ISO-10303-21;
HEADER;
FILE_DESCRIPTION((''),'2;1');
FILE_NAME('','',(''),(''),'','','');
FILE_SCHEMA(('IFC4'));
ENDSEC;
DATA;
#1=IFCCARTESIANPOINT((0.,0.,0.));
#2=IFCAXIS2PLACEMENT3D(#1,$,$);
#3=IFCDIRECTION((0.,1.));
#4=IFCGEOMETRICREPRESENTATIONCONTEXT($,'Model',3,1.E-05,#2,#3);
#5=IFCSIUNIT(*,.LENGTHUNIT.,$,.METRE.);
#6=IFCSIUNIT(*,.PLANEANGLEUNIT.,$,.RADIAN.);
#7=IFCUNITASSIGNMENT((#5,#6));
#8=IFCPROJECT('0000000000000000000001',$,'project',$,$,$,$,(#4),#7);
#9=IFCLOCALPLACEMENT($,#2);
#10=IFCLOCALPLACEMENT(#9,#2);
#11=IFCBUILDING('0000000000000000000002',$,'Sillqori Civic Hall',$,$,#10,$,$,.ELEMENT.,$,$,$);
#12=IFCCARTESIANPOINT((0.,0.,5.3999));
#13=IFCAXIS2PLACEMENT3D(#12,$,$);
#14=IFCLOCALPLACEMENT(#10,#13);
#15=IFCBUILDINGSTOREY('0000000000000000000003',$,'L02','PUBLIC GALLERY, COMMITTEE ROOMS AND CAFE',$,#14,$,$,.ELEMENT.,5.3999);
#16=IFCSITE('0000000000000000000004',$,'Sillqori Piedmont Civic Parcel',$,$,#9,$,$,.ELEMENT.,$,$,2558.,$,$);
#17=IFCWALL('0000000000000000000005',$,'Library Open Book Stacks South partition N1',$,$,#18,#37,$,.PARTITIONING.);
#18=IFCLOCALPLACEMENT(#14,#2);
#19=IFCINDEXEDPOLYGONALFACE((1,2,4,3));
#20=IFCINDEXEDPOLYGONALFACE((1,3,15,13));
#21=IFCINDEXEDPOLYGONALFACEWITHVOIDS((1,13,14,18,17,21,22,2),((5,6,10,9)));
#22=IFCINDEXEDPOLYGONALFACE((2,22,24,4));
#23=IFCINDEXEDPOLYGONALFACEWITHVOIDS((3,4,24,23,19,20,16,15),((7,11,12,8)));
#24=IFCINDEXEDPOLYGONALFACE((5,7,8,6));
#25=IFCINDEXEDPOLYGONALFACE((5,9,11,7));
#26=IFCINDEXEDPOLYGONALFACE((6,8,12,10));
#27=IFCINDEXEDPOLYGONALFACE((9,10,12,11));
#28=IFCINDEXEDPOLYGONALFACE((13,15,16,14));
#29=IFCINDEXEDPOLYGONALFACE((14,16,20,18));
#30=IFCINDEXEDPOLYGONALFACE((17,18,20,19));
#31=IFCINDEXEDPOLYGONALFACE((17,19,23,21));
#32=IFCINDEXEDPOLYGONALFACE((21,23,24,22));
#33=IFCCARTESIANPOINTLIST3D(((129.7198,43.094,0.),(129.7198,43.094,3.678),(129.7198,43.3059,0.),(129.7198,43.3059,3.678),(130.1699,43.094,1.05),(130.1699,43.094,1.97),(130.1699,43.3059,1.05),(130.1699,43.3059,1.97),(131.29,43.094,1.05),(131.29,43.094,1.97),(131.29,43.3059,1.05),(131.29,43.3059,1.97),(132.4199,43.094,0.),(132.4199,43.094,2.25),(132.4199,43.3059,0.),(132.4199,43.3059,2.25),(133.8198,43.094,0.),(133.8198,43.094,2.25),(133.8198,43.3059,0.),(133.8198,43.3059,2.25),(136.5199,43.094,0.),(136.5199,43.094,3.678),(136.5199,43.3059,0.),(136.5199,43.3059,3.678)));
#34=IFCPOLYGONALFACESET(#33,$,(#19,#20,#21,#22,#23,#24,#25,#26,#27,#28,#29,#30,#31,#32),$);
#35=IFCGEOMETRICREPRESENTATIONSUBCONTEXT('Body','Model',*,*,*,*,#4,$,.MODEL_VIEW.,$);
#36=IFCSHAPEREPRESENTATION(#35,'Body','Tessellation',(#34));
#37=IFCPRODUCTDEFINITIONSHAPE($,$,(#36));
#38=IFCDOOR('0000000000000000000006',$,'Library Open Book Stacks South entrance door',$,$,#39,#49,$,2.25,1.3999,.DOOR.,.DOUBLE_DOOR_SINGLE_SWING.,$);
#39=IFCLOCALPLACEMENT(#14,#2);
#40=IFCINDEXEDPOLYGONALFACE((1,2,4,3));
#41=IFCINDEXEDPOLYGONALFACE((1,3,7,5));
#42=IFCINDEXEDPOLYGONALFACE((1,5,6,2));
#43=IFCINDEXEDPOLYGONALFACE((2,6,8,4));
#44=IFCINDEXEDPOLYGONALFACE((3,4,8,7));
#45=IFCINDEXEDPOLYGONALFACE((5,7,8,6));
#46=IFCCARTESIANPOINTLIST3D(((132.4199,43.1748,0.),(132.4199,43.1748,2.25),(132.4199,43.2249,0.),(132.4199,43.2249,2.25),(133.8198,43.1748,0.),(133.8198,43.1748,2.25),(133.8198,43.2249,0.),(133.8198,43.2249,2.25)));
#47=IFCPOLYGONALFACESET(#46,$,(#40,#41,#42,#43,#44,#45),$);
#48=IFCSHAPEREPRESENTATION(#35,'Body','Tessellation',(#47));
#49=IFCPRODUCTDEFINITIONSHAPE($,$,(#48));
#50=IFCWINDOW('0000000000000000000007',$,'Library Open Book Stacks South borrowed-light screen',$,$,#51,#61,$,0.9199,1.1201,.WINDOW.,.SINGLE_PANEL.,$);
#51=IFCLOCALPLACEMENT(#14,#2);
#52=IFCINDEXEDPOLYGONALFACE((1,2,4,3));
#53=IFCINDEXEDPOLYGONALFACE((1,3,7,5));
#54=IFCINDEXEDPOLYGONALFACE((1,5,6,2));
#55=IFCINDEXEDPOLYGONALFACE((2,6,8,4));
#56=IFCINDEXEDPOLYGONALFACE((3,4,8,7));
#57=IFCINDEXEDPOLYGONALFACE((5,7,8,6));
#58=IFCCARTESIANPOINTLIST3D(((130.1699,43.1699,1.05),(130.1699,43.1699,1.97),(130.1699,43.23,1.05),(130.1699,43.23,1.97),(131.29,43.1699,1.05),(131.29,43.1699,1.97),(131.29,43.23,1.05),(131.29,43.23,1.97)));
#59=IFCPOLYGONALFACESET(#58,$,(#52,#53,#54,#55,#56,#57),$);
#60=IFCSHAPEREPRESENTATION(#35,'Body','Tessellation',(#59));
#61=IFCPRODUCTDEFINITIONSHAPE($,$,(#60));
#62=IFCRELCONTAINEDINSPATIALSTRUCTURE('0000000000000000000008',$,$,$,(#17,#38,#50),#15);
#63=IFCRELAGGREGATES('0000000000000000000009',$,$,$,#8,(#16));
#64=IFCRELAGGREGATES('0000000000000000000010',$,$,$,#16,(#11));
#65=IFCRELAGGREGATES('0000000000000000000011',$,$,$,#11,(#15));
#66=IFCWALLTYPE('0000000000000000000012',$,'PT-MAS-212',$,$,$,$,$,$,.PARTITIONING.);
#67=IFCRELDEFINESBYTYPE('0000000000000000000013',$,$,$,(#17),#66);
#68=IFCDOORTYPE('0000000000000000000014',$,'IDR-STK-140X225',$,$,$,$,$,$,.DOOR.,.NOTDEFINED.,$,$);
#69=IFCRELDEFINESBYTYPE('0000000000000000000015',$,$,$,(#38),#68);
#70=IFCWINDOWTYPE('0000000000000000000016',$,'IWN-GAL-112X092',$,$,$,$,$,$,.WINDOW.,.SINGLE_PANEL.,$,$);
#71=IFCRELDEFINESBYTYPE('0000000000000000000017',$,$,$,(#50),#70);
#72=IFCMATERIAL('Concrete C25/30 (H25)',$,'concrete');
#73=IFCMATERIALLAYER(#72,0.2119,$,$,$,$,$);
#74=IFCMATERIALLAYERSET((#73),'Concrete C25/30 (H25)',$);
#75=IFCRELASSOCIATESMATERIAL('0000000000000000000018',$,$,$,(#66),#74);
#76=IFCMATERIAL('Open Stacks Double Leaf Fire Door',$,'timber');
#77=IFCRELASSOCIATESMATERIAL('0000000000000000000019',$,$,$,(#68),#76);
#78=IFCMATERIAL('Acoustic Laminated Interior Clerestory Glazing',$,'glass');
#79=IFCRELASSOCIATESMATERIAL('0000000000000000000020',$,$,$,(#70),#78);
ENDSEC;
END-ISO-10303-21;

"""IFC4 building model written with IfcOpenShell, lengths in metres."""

from ifc_helpers import new_model, si_unit, direction, frame, frame_2d, origin, place, context, subcontext, project, spatial, rectangle, extrude, material, layer, layer_set, type_object, element, fill, save


model = new_model("IFC4")

# Units and contexts
model_context = context("Model", 3, precision=1e-05, world=origin(), true_north=direction((0.0, 1.0)))
body_context = subcontext(model_context, "Body", "Model", "MODEL_VIEW")
ifc_project = project(units=[si_unit("LENGTHUNIT", "METRE"), si_unit("PLANEANGLEUNIT", "RADIAN")], contexts=[model_context])

# Site, building, storey
site_placement = place(None, origin())
site = spatial("IfcSite", under=ifc_project, at=site_placement, Name="Sillqori Piedmont Civic Parcel", CompositionType="ELEMENT", RefElevation=2558.0)
building_placement = place(site_placement, origin())
building = spatial("IfcBuilding", under=site, at=building_placement, Name="Sillqori Civic Hall", CompositionType="ELEMENT")
storey_placement = place(building_placement, frame((0.0, 0.0, 5.3999)))
storey = spatial("IfcBuildingStorey", under=building, at=storey_placement, Name="L02", Description="PUBLIC GALLERY, COMMITTEE ROOMS AND CAFE", CompositionType="ELEMENT", Elevation=5.3999)

# Wall, openings, door, window
ifc_material_1 = material(Name="Concrete C25/30 (H25)", Category="concrete")
ifc_layer_1 = layer(ifc_material_1, 0.2119)
ifc_layer_set_1 = layer_set([ifc_layer_1], Name="Concrete C25/30 (H25)")
wall_type_1 = type_object("IfcWallType", Name="PT-MAS-212", PredefinedType="PARTITIONING", material=ifc_layer_set_1)
wall_1_placement = place(storey_placement, frame((129.72, 43.2, 0.0), z_axis=(0.0, 0.0, 1.0), x_axis=(1.0, 0.0, 0.0)))
wall_1 = element("IfcWall", 1, at=wall_1_placement, inside=storey, type_object=wall_type_1, Name="Library Open Book Stacks South partition N1", PredefinedType="PARTITIONING", context=body_context, shape_type="SweptSolid", body=[
    extrude(rectangle(XDim=6.8, YDim=0.2119, at=frame_2d((3.3999, 0.0))), origin(), (0.0, 0.0, 1.0), 3.678),
])
opening_1_placement = place(wall_1_placement, frame((2.7, 0.0, 0.0)))
opening_1 = element("IfcOpeningElement", 2, at=opening_1_placement, cuts=wall_1, PredefinedType="OPENING", context=body_context, shape_type="SweptSolid", body=[
    extrude(rectangle(XDim=1.3999, YDim=2.25, at=frame_2d((0.7, 1.125))), frame((0.0, 0.116, 0.0), z_axis=(0.0, -1.0, 0.0), x_axis=(1.0, 0.0, 0.0)), (0.0, 0.0, 1.0), 0.2319),
])
opening_2_placement = place(wall_1_placement, frame((0.45, 0.0, 1.05)))
opening_2 = element("IfcOpeningElement", 3, at=opening_2_placement, cuts=wall_1, PredefinedType="OPENING", context=body_context, shape_type="SweptSolid", body=[
    extrude(rectangle(XDim=1.1201, YDim=0.9199, at=frame_2d((0.5601, 0.46))), frame((0.0, 0.116, 0.0), z_axis=(0.0, -1.0, 0.0), x_axis=(1.0, 0.0, 0.0)), (0.0, 0.0, 1.0), 0.2319),
])
ifc_material_2 = material(Name="Open Stacks Double Leaf Fire Door", Category="timber")
door_type = type_object("IfcDoorType", Name="IDR-STK-140X225", OperationType="NOTDEFINED", PredefinedType="DOOR", material=ifc_material_2)
door_placement = place(opening_1_placement, origin())
door = element("IfcDoor", 4, at=door_placement, inside=storey, type_object=door_type, Name="Library Open Book Stacks South entrance door", OperationType="DOUBLE_DOOR_SINGLE_SWING", OverallHeight=2.25, OverallWidth=1.3999, PredefinedType="DOOR", context=body_context, shape_type="SweptSolid", body=[
    extrude(rectangle(XDim=1.3999, YDim=2.25, at=frame_2d((0.7, 1.125))), frame((0.0, 0.0249, 0.0), z_axis=(0.0, -1.0, 0.0), x_axis=(1.0, 0.0, 0.0)), (0.0, 0.0, 1.0), 0.05),
])
fill(opening_1, door)
ifc_material_3 = material(Name="Acoustic Laminated Interior Clerestory Glazing", Category="glass")
window_type = type_object("IfcWindowType", Name="IWN-GAL-112X092", PartitioningType="SINGLE_PANEL", PredefinedType="WINDOW", material=ifc_material_3)
window_placement = place(opening_2_placement, origin())
window = element("IfcWindow", 5, at=window_placement, inside=storey, type_object=window_type, Name="Library Open Book Stacks South borrowed-light screen", OverallHeight=0.9199, OverallWidth=1.1201, PartitioningType="SINGLE_PANEL", PredefinedType="WINDOW", context=body_context, shape_type="SweptSolid", body=[
    extrude(rectangle(XDim=1.1201, YDim=0.9199, at=frame_2d((0.5601, 0.46))), frame((0.0, 0.03, 0.0), z_axis=(0.0, -1.0, 0.0), x_axis=(1.0, 0.0, 0.0)), (0.0, 0.0, 1.0), 0.0601),
])
fill(opening_2, window)

save(model, "model.ifc")
